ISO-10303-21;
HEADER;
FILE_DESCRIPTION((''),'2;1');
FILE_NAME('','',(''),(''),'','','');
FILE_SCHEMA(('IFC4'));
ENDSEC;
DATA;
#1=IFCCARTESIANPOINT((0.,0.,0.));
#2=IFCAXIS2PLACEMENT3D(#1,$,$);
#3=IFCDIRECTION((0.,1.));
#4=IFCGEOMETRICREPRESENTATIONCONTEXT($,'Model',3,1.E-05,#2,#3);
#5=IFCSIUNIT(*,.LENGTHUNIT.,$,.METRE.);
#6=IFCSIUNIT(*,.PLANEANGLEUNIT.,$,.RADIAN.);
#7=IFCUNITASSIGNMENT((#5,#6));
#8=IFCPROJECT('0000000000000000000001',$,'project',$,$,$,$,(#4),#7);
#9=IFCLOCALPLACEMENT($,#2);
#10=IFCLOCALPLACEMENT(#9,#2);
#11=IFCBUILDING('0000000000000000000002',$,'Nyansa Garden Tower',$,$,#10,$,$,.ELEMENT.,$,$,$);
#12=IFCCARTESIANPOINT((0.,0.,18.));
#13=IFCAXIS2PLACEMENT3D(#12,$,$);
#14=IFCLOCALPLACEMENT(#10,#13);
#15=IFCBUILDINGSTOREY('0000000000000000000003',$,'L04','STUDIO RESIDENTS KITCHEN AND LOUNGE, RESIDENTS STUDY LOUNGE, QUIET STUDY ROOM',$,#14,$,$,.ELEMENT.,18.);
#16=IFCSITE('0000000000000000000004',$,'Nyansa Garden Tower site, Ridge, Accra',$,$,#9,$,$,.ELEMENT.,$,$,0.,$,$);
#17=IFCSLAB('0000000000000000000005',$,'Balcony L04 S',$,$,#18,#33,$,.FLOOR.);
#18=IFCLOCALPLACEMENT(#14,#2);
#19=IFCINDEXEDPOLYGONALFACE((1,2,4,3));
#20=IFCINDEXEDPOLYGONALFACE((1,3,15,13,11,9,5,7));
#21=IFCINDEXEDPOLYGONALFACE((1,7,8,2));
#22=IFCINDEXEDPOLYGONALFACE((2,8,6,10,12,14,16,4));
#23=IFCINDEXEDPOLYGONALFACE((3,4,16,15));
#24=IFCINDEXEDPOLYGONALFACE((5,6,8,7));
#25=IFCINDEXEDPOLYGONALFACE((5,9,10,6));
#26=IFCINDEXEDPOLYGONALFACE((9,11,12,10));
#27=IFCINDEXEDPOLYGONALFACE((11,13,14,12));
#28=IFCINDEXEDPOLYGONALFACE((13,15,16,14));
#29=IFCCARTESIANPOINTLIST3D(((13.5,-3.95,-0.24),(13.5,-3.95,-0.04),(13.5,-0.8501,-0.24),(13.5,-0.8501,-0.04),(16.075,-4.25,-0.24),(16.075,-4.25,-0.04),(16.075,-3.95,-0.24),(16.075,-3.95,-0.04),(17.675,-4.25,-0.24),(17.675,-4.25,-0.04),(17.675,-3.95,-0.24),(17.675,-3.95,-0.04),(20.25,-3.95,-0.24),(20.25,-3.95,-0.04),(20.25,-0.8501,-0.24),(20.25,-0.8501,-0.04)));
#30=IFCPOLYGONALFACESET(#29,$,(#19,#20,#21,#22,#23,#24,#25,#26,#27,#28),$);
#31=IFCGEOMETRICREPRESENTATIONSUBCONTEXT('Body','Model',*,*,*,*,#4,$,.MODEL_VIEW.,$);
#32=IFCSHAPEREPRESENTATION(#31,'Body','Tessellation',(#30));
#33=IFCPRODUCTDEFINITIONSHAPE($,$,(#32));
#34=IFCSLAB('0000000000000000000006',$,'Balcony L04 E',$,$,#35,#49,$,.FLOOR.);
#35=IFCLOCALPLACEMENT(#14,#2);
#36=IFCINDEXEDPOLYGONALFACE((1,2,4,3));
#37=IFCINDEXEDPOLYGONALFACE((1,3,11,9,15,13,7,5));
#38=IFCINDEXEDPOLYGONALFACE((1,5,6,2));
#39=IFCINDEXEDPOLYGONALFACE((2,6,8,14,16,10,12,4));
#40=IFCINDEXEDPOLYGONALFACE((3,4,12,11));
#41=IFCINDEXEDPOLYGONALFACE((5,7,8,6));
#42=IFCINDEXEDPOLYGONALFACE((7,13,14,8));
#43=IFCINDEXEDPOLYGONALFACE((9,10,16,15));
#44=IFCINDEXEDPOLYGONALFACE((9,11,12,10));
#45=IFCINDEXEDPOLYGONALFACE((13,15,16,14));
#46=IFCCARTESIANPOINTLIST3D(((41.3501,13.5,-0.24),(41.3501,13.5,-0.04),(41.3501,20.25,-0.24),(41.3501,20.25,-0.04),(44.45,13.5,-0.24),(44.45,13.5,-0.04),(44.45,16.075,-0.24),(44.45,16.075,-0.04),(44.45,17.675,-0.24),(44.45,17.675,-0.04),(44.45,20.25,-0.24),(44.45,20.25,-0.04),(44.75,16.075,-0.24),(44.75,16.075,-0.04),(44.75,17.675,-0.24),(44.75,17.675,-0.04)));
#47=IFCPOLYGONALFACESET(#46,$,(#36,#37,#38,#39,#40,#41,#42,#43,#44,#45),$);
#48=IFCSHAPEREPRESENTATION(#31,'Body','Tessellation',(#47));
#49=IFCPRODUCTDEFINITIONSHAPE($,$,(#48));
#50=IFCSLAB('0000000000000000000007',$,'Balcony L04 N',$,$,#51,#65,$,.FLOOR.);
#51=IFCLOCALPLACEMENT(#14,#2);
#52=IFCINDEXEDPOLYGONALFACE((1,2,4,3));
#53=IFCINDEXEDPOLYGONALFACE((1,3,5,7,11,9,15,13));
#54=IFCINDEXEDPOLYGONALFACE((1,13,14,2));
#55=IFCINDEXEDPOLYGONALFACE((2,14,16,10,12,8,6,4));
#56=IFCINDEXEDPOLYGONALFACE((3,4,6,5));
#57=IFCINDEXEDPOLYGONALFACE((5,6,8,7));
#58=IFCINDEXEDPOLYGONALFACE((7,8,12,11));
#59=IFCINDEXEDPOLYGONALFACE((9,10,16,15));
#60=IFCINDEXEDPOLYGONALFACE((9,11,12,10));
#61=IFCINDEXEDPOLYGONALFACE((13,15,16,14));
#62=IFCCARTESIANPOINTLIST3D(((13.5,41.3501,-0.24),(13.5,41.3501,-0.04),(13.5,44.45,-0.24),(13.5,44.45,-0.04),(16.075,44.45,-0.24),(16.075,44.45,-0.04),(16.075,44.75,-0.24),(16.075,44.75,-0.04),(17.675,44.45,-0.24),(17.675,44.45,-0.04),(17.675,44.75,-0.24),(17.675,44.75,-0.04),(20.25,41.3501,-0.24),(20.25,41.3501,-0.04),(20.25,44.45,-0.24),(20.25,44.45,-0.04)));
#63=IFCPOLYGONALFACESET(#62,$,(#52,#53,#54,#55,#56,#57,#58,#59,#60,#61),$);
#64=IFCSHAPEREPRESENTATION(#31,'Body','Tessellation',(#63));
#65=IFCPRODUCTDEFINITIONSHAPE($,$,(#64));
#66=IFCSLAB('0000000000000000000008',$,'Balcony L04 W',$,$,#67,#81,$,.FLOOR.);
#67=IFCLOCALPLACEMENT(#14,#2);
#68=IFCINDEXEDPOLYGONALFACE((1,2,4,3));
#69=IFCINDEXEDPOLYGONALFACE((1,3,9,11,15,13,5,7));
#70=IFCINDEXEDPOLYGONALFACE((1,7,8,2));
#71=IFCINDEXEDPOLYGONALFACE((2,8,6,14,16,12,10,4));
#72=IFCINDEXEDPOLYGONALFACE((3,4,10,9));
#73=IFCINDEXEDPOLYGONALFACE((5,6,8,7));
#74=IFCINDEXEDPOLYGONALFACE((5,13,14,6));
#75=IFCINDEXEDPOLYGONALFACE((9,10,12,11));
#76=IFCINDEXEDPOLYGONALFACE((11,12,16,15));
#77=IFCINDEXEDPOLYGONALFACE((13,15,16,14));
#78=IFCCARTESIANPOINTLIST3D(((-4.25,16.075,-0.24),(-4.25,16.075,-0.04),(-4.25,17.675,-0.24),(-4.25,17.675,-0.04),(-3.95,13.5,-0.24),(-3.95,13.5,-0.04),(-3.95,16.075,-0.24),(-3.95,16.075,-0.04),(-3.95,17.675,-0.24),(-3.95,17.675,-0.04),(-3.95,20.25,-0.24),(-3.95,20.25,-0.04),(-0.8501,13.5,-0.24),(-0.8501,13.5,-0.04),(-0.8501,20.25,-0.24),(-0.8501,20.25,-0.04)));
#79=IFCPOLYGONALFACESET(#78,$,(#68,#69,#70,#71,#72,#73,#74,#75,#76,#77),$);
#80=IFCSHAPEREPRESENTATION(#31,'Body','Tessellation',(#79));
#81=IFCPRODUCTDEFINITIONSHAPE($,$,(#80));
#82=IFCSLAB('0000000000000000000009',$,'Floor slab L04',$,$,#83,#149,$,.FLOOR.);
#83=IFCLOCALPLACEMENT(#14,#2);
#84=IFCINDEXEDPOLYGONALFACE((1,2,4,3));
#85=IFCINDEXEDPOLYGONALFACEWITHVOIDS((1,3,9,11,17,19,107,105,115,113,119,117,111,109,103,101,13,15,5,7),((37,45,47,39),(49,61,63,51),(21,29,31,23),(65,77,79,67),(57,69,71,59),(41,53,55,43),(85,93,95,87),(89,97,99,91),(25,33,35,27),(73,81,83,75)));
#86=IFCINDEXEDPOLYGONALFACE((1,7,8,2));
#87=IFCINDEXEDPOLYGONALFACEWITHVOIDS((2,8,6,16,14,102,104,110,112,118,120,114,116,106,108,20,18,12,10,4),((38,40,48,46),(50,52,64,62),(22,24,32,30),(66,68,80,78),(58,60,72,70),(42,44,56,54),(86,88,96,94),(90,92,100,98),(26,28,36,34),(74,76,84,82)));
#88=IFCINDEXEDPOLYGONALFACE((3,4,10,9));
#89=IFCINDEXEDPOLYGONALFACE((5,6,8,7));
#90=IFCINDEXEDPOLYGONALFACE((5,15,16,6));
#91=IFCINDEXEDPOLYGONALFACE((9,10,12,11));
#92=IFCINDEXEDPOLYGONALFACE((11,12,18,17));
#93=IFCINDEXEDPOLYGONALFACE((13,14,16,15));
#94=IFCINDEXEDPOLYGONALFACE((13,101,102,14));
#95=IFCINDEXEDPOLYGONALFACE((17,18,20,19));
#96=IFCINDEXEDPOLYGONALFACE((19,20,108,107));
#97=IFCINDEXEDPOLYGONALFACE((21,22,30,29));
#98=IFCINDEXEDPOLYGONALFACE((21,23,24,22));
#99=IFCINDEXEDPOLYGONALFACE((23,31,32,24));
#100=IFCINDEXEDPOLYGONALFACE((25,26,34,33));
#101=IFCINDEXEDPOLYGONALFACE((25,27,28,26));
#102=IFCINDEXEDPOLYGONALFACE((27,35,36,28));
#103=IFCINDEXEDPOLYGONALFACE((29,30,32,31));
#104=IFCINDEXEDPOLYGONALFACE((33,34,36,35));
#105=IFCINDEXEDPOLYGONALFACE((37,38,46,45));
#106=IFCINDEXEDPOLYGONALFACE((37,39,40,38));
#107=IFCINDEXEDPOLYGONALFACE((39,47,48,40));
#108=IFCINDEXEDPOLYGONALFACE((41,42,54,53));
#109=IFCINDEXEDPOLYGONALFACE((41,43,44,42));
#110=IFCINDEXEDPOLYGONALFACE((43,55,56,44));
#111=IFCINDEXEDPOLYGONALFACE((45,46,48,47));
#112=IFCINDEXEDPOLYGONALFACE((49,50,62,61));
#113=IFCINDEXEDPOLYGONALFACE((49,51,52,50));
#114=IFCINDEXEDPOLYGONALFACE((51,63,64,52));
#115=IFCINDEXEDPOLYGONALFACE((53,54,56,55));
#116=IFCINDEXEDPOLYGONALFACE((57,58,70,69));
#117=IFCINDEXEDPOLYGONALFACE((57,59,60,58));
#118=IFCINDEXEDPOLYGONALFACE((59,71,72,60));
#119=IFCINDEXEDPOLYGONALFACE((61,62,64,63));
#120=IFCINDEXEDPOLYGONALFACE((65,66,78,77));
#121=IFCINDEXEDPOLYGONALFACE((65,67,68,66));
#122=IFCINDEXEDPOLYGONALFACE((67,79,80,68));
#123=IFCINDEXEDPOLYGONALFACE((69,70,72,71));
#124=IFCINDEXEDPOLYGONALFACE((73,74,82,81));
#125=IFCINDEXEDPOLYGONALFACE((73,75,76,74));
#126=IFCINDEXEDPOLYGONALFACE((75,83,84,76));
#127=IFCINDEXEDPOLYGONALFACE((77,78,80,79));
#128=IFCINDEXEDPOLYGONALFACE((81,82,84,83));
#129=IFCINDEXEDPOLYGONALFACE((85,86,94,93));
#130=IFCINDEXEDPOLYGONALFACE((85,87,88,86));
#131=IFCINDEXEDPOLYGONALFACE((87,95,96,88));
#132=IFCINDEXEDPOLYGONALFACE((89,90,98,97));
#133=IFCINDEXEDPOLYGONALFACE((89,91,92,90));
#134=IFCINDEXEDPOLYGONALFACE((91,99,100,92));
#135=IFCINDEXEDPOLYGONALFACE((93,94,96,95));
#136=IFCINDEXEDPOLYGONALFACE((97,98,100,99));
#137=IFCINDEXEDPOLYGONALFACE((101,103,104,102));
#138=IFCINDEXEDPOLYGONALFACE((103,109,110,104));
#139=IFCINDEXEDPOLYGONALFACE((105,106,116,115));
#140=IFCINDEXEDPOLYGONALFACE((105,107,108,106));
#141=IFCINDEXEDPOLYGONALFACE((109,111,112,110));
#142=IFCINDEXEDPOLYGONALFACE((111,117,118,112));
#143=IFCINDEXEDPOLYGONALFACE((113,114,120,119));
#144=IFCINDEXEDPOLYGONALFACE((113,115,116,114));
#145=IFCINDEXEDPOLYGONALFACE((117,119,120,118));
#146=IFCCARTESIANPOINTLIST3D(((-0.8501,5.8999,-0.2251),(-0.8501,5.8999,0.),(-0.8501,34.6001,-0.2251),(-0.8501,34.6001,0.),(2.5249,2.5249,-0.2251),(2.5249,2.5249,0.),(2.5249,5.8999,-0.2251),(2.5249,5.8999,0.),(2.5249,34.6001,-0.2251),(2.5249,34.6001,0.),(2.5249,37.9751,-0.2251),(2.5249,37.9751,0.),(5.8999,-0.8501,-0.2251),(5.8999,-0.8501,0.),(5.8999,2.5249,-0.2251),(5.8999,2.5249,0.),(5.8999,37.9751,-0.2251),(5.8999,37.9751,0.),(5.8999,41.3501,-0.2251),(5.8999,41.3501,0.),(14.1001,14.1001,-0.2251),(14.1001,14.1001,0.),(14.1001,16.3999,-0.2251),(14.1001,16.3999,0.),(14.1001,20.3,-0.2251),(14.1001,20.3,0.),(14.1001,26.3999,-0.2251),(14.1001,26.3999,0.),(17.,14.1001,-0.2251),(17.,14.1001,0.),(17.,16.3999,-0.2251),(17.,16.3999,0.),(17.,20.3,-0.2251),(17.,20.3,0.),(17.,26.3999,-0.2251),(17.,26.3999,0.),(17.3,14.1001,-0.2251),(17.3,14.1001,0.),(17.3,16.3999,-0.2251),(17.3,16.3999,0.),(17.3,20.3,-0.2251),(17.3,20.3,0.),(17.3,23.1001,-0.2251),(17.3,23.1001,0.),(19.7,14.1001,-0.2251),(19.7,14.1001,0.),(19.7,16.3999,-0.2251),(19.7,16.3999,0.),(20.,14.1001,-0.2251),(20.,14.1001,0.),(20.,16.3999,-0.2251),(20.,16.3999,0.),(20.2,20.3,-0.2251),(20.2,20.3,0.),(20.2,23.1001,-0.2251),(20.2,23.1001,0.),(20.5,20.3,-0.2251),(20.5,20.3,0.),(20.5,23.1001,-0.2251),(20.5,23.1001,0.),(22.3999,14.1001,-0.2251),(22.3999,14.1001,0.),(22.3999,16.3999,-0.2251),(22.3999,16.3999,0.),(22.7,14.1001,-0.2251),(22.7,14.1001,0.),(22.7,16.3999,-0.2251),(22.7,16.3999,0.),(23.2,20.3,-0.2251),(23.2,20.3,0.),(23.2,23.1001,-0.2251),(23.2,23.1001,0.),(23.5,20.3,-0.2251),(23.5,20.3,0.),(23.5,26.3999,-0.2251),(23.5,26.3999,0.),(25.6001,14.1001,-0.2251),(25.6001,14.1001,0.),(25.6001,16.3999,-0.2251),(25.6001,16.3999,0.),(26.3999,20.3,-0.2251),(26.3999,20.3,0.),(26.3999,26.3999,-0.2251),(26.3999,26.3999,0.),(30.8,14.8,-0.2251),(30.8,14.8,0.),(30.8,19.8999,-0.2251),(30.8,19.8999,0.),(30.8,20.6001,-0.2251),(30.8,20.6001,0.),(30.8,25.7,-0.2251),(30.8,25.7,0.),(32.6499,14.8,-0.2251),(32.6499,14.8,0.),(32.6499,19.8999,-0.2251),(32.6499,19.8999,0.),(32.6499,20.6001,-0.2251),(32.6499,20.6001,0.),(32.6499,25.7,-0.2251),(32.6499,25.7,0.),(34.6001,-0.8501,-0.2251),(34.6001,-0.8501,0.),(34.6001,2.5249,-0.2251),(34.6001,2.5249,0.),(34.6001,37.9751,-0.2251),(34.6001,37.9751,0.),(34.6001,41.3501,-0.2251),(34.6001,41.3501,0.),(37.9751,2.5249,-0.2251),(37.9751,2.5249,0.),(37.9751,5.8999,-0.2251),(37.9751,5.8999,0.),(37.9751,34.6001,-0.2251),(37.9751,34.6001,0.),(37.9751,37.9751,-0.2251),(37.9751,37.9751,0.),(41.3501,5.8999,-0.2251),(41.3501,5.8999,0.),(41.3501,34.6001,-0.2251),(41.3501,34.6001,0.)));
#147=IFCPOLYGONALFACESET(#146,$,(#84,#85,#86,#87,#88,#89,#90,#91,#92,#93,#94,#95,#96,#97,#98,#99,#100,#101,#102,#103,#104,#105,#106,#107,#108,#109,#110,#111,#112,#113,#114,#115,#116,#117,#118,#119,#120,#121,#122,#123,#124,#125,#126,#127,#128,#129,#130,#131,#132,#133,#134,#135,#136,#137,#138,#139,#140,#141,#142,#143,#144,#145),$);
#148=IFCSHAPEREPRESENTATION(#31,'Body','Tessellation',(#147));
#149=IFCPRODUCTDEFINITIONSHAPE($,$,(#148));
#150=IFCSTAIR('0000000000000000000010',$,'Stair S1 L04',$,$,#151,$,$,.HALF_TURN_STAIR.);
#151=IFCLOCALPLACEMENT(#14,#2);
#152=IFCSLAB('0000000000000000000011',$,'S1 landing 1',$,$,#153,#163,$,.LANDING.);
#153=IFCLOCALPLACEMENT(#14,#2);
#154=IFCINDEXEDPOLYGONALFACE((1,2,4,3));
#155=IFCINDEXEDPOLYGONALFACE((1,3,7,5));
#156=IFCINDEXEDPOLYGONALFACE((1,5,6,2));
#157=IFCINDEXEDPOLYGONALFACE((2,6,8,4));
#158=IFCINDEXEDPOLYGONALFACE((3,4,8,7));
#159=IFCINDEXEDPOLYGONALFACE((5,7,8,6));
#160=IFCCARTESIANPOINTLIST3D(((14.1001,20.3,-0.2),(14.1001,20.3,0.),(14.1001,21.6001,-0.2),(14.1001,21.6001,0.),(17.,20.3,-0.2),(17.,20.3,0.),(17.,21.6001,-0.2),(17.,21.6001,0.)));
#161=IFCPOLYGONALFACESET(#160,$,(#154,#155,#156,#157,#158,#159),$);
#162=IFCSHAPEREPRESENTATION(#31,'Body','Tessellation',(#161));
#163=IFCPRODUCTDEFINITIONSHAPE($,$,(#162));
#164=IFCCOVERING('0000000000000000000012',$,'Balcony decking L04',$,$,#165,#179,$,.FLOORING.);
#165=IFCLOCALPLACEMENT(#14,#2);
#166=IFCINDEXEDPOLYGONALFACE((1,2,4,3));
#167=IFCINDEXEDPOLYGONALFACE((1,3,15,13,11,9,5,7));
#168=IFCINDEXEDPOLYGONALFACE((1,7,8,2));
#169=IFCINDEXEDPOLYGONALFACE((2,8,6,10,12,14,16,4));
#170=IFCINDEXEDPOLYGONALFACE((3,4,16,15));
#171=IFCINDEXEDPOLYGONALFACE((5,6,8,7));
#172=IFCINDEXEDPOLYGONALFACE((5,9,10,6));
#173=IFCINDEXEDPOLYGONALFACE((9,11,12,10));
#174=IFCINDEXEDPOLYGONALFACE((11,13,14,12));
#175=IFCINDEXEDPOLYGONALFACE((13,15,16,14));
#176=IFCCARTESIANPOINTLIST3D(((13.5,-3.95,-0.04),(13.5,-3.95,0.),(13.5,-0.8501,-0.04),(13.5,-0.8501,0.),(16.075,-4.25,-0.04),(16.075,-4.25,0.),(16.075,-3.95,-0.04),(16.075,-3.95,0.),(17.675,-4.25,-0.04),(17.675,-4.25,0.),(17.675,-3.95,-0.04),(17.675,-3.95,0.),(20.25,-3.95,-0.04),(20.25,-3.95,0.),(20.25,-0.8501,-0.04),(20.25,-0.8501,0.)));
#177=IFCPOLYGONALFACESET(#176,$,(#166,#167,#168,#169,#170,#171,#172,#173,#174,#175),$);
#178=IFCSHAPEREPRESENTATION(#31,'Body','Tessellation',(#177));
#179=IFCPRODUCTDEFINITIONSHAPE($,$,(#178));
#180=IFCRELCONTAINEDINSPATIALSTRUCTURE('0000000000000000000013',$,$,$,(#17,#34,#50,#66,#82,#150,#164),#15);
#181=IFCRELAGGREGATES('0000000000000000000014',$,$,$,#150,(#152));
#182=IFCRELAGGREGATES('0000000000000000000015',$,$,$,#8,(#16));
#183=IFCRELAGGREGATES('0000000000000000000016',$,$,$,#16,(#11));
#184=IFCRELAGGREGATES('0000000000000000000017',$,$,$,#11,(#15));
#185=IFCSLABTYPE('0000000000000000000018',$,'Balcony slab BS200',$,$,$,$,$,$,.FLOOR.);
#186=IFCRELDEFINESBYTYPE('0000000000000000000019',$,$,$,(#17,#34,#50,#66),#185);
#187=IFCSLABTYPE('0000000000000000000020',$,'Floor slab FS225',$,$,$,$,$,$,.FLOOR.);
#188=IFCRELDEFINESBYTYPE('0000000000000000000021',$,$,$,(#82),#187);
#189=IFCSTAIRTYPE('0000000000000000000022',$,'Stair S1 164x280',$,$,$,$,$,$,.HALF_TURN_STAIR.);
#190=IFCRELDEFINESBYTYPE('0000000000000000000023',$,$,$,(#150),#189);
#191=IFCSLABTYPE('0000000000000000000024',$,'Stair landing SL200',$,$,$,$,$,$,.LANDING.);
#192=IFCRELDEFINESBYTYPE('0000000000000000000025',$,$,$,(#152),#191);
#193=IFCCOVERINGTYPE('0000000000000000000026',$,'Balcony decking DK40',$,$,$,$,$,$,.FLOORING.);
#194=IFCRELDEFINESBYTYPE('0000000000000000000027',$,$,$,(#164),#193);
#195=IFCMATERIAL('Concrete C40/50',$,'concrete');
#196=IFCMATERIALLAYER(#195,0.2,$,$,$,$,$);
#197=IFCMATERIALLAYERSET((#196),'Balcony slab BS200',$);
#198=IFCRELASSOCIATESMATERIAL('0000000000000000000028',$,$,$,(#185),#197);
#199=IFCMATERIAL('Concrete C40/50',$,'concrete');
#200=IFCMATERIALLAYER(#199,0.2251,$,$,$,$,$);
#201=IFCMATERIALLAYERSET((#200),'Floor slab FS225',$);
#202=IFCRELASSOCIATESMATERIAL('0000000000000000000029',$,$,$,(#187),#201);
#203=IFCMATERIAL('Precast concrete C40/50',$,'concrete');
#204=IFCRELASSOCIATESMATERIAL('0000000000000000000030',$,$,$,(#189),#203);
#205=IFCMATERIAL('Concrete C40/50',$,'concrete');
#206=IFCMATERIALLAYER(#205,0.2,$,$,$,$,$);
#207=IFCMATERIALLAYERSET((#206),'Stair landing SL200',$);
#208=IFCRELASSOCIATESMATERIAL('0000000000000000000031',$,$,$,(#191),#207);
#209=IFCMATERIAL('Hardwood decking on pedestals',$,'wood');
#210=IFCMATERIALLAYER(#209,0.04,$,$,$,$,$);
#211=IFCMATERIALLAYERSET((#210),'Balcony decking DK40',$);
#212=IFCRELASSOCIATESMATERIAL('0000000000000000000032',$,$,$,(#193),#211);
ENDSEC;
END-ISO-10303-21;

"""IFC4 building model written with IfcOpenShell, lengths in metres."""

from ifc_helpers import new_model, si_unit, direction, frame, origin, place, context, subcontext, project, spatial, polyline, outline, extrude, material, layer, layer_set, type_object, element, aggregate, save


model = new_model("IFC4")

# Units and contexts
model_context = context("Model", 3, precision=1e-05, world=origin(), true_north=direction((0.0, 1.0)))
body_context = subcontext(model_context, "Body", "Model", "MODEL_VIEW")
ifc_project = project(units=[si_unit("LENGTHUNIT", "METRE"), si_unit("PLANEANGLEUNIT", "RADIAN")], contexts=[model_context])

# Site, building, storey
site_placement = place(None, origin())
site = spatial("IfcSite", under=ifc_project, at=site_placement, Name="Nyansa Garden Tower site, Ridge, Accra", CompositionType="ELEMENT", RefElevation=0.0)
building_placement = place(site_placement, origin())
building = spatial("IfcBuilding", under=site, at=building_placement, Name="Nyansa Garden Tower", CompositionType="ELEMENT")
storey_placement = place(building_placement, frame((0.0, 0.0, 18.0)))
storey = spatial("IfcBuildingStorey", under=building, at=storey_placement, Name="L04", Description="STUDIO RESIDENTS KITCHEN AND LOUNGE, RESIDENTS STUDY LOUNGE, QUIET STUDY ROOM", CompositionType="ELEMENT", Elevation=18.0)

# Slabs
ifc_material_1 = material(Name="Concrete C40/50", Category="concrete")
ifc_layer_1 = layer(ifc_material_1, 0.2)
ifc_layer_set_1 = layer_set([ifc_layer_1], Name="Balcony slab BS200")
slab_type_1 = type_object("IfcSlabType", Name="Balcony slab BS200", PredefinedType="FLOOR", material=ifc_layer_set_1)
slab_1_placement = place(storey_placement, frame((0.0, 0.0, -0.24)))
element("IfcSlab", 1, at=slab_1_placement, inside=storey, type_object=slab_type_1, Name="Balcony L04 S", PredefinedType="FLOOR", context=body_context, shape_type="SweptSolid", body=[
    extrude(outline(polyline([(13.5, -0.8501), (20.25, -0.8501), (20.25, -3.95), (17.675, -3.95), (17.675, -4.25), (16.075, -4.25), (16.075, -3.95), (13.5, -3.95), (13.5, -0.8501)])), origin(), (0.0, 0.0, 1.0), 0.2),
])
slab_2_placement = place(storey_placement, frame((0.0, 0.0, -0.24)))
element("IfcSlab", 2, at=slab_2_placement, inside=storey, type_object=slab_type_1, Name="Balcony L04 E", PredefinedType="FLOOR", context=body_context, shape_type="SweptSolid", body=[
    extrude(outline(polyline([(41.3501, 13.5), (41.3501, 20.25), (44.45, 20.25), (44.45, 17.675), (44.75, 17.675), (44.75, 16.075), (44.45, 16.075), (44.45, 13.5), (41.3501, 13.5)])), origin(), (0.0, 0.0, 1.0), 0.2),
])
slab_3_placement = place(storey_placement, frame((0.0, 0.0, -0.24)))
element("IfcSlab", 3, at=slab_3_placement, inside=storey, type_object=slab_type_1, Name="Balcony L04 N", PredefinedType="FLOOR", context=body_context, shape_type="SweptSolid", body=[
    extrude(outline(polyline([(13.5, 41.3501), (20.25, 41.3501), (20.25, 44.45), (17.675, 44.45), (17.675, 44.75), (16.075, 44.75), (16.075, 44.45), (13.5, 44.45), (13.5, 41.3501)])), origin(), (0.0, 0.0, 1.0), 0.2),
])
slab_4_placement = place(storey_placement, frame((0.0, 0.0, -0.24)))
element("IfcSlab", 4, at=slab_4_placement, inside=storey, type_object=slab_type_1, Name="Balcony L04 W", PredefinedType="FLOOR", context=body_context, shape_type="SweptSolid", body=[
    extrude(outline(polyline([(-0.8501, 13.5), (-0.8501, 20.25), (-3.95, 20.25), (-3.95, 17.675), (-4.25, 17.675), (-4.25, 16.075), (-3.95, 16.075), (-3.95, 13.5), (-0.8501, 13.5)])), origin(), (0.0, 0.0, 1.0), 0.2),
])
ifc_material_2 = material(Name="Concrete C40/50", Category="concrete")
ifc_layer_2 = layer(ifc_material_2, 0.2251)
ifc_layer_set_2 = layer_set([ifc_layer_2], Name="Floor slab FS225")
slab_type_2 = type_object("IfcSlabType", Name="Floor slab FS225", PredefinedType="FLOOR", material=ifc_layer_set_2)
slab_5_placement = place(storey_placement, frame((0.0, 0.0, -0.2251)))
element("IfcSlab", 5, at=slab_5_placement, inside=storey, type_object=slab_type_2, Name="Floor slab L04", PredefinedType="FLOOR", context=body_context, shape_type="SweptSolid", body=[
    extrude(outline(polyline([(41.3501, 5.8999), (37.9751, 5.8999), (37.9751, 2.5249), (34.6001, 2.5249), (34.6001, -0.8501), (5.8999, -0.8501), (5.8999, 2.5249), (2.5249, 2.5249), (2.5249, 5.8999), (-0.8501, 5.8999), (-0.8501, 34.6001), (2.5249, 34.6001), (2.5249, 37.9751), (5.8999, 37.9751), (5.8999, 41.3501), (34.6001, 41.3501), (34.6001, 37.9751), (37.9751, 37.9751), (37.9751, 34.6001), (41.3501, 34.6001), (41.3501, 5.8999)]), holes=[polyline([(14.1001, 14.1001), (17.0, 14.1001), (17.0, 16.3999), (14.1001, 16.3999), (14.1001, 14.1001)]), polyline([(17.3, 14.1001), (19.7, 14.1001), (19.7, 16.3999), (17.3, 16.3999), (17.3, 14.1001)]), polyline([(20.0, 14.1001), (22.3999, 14.1001), (22.3999, 16.3999), (20.0, 16.3999), (20.0, 14.1001)]), polyline([(22.7, 14.1001), (25.6001, 14.1001), (25.6001, 16.3999), (22.7, 16.3999), (22.7, 14.1001)]), polyline([(17.3, 20.3), (20.2, 20.3), (20.2, 23.1001), (17.3, 23.1001), (17.3, 20.3)]), polyline([(20.5, 20.3), (23.2, 20.3), (23.2, 23.1001), (20.5, 23.1001), (20.5, 20.3)]), polyline([(30.8, 14.8), (32.6499, 14.8), (32.6499, 19.8999), (30.8, 19.8999), (30.8, 14.8)]), polyline([(30.8, 20.6001), (32.6499, 20.6001), (32.6499, 25.7), (30.8, 25.7), (30.8, 20.6001)]), polyline([(14.1001, 20.3), (17.0, 20.3), (17.0, 26.3999), (14.1001, 26.3999), (14.1001, 20.3)]), polyline([(23.5, 20.3), (26.3999, 20.3), (26.3999, 26.3999), (23.5, 26.3999), (23.5, 20.3)])]), origin(), (0.0, 0.0, 1.0), 0.2251),
])

# Stair, slab
ifc_material_3 = material(Name="Precast concrete C40/50", Category="concrete")
stair_type = type_object("IfcStairType", Name="Stair S1 164x280", PredefinedType="HALF_TURN_STAIR", material=ifc_material_3)
stair_placement = place(storey_placement, origin())
stair = element("IfcStair", 6, at=stair_placement, inside=storey, type_object=stair_type, Name="Stair S1 L04", PredefinedType="HALF_TURN_STAIR")
ifc_material_4 = material(Name="Concrete C40/50", Category="concrete")
ifc_layer_3 = layer(ifc_material_4, 0.2)
ifc_layer_set_3 = layer_set([ifc_layer_3], Name="Stair landing SL200")
slab_type_3 = type_object("IfcSlabType", Name="Stair landing SL200", PredefinedType="LANDING", material=ifc_layer_set_3)
slab_6_placement = place(storey_placement, frame((0.0, 0.0, -0.2)))
slab_6 = element("IfcSlab", 7, at=slab_6_placement, type_object=slab_type_3, Name="S1 landing 1", PredefinedType="LANDING", context=body_context, shape_type="SweptSolid", body=[
    extrude(outline(polyline([(14.1001, 20.3), (17.0, 20.3), (17.0, 21.6001), (14.1001, 21.6001), (14.1001, 20.3)])), origin(), (0.0, 0.0, 1.0), 0.2),
])
aggregate(stair, [slab_6])

# Covering
ifc_material_5 = material(Name="Hardwood decking on pedestals", Category="wood")
ifc_layer_4 = layer(ifc_material_5, 0.04)
ifc_layer_set_4 = layer_set([ifc_layer_4], Name="Balcony decking DK40")
covering_type_1 = type_object("IfcCoveringType", Name="Balcony decking DK40", PredefinedType="FLOORING", material=ifc_layer_set_4)
covering_1_placement = place(storey_placement, frame((0.0, 0.0, -0.04)))
element("IfcCovering", 8, at=covering_1_placement, inside=storey, type_object=covering_type_1, Name="Balcony decking L04", PredefinedType="FLOORING", context=body_context, shape_type="SweptSolid", body=[
    extrude(outline(polyline([(13.5, -0.8501), (20.25, -0.8501), (20.25, -3.95), (17.675, -3.95), (17.675, -4.25), (16.075, -4.25), (16.075, -3.95), (13.5, -3.95), (13.5, -0.8501)])), origin(), (0.0, 0.0, 1.0), 0.04),
])

save(model, "model.ifc")
